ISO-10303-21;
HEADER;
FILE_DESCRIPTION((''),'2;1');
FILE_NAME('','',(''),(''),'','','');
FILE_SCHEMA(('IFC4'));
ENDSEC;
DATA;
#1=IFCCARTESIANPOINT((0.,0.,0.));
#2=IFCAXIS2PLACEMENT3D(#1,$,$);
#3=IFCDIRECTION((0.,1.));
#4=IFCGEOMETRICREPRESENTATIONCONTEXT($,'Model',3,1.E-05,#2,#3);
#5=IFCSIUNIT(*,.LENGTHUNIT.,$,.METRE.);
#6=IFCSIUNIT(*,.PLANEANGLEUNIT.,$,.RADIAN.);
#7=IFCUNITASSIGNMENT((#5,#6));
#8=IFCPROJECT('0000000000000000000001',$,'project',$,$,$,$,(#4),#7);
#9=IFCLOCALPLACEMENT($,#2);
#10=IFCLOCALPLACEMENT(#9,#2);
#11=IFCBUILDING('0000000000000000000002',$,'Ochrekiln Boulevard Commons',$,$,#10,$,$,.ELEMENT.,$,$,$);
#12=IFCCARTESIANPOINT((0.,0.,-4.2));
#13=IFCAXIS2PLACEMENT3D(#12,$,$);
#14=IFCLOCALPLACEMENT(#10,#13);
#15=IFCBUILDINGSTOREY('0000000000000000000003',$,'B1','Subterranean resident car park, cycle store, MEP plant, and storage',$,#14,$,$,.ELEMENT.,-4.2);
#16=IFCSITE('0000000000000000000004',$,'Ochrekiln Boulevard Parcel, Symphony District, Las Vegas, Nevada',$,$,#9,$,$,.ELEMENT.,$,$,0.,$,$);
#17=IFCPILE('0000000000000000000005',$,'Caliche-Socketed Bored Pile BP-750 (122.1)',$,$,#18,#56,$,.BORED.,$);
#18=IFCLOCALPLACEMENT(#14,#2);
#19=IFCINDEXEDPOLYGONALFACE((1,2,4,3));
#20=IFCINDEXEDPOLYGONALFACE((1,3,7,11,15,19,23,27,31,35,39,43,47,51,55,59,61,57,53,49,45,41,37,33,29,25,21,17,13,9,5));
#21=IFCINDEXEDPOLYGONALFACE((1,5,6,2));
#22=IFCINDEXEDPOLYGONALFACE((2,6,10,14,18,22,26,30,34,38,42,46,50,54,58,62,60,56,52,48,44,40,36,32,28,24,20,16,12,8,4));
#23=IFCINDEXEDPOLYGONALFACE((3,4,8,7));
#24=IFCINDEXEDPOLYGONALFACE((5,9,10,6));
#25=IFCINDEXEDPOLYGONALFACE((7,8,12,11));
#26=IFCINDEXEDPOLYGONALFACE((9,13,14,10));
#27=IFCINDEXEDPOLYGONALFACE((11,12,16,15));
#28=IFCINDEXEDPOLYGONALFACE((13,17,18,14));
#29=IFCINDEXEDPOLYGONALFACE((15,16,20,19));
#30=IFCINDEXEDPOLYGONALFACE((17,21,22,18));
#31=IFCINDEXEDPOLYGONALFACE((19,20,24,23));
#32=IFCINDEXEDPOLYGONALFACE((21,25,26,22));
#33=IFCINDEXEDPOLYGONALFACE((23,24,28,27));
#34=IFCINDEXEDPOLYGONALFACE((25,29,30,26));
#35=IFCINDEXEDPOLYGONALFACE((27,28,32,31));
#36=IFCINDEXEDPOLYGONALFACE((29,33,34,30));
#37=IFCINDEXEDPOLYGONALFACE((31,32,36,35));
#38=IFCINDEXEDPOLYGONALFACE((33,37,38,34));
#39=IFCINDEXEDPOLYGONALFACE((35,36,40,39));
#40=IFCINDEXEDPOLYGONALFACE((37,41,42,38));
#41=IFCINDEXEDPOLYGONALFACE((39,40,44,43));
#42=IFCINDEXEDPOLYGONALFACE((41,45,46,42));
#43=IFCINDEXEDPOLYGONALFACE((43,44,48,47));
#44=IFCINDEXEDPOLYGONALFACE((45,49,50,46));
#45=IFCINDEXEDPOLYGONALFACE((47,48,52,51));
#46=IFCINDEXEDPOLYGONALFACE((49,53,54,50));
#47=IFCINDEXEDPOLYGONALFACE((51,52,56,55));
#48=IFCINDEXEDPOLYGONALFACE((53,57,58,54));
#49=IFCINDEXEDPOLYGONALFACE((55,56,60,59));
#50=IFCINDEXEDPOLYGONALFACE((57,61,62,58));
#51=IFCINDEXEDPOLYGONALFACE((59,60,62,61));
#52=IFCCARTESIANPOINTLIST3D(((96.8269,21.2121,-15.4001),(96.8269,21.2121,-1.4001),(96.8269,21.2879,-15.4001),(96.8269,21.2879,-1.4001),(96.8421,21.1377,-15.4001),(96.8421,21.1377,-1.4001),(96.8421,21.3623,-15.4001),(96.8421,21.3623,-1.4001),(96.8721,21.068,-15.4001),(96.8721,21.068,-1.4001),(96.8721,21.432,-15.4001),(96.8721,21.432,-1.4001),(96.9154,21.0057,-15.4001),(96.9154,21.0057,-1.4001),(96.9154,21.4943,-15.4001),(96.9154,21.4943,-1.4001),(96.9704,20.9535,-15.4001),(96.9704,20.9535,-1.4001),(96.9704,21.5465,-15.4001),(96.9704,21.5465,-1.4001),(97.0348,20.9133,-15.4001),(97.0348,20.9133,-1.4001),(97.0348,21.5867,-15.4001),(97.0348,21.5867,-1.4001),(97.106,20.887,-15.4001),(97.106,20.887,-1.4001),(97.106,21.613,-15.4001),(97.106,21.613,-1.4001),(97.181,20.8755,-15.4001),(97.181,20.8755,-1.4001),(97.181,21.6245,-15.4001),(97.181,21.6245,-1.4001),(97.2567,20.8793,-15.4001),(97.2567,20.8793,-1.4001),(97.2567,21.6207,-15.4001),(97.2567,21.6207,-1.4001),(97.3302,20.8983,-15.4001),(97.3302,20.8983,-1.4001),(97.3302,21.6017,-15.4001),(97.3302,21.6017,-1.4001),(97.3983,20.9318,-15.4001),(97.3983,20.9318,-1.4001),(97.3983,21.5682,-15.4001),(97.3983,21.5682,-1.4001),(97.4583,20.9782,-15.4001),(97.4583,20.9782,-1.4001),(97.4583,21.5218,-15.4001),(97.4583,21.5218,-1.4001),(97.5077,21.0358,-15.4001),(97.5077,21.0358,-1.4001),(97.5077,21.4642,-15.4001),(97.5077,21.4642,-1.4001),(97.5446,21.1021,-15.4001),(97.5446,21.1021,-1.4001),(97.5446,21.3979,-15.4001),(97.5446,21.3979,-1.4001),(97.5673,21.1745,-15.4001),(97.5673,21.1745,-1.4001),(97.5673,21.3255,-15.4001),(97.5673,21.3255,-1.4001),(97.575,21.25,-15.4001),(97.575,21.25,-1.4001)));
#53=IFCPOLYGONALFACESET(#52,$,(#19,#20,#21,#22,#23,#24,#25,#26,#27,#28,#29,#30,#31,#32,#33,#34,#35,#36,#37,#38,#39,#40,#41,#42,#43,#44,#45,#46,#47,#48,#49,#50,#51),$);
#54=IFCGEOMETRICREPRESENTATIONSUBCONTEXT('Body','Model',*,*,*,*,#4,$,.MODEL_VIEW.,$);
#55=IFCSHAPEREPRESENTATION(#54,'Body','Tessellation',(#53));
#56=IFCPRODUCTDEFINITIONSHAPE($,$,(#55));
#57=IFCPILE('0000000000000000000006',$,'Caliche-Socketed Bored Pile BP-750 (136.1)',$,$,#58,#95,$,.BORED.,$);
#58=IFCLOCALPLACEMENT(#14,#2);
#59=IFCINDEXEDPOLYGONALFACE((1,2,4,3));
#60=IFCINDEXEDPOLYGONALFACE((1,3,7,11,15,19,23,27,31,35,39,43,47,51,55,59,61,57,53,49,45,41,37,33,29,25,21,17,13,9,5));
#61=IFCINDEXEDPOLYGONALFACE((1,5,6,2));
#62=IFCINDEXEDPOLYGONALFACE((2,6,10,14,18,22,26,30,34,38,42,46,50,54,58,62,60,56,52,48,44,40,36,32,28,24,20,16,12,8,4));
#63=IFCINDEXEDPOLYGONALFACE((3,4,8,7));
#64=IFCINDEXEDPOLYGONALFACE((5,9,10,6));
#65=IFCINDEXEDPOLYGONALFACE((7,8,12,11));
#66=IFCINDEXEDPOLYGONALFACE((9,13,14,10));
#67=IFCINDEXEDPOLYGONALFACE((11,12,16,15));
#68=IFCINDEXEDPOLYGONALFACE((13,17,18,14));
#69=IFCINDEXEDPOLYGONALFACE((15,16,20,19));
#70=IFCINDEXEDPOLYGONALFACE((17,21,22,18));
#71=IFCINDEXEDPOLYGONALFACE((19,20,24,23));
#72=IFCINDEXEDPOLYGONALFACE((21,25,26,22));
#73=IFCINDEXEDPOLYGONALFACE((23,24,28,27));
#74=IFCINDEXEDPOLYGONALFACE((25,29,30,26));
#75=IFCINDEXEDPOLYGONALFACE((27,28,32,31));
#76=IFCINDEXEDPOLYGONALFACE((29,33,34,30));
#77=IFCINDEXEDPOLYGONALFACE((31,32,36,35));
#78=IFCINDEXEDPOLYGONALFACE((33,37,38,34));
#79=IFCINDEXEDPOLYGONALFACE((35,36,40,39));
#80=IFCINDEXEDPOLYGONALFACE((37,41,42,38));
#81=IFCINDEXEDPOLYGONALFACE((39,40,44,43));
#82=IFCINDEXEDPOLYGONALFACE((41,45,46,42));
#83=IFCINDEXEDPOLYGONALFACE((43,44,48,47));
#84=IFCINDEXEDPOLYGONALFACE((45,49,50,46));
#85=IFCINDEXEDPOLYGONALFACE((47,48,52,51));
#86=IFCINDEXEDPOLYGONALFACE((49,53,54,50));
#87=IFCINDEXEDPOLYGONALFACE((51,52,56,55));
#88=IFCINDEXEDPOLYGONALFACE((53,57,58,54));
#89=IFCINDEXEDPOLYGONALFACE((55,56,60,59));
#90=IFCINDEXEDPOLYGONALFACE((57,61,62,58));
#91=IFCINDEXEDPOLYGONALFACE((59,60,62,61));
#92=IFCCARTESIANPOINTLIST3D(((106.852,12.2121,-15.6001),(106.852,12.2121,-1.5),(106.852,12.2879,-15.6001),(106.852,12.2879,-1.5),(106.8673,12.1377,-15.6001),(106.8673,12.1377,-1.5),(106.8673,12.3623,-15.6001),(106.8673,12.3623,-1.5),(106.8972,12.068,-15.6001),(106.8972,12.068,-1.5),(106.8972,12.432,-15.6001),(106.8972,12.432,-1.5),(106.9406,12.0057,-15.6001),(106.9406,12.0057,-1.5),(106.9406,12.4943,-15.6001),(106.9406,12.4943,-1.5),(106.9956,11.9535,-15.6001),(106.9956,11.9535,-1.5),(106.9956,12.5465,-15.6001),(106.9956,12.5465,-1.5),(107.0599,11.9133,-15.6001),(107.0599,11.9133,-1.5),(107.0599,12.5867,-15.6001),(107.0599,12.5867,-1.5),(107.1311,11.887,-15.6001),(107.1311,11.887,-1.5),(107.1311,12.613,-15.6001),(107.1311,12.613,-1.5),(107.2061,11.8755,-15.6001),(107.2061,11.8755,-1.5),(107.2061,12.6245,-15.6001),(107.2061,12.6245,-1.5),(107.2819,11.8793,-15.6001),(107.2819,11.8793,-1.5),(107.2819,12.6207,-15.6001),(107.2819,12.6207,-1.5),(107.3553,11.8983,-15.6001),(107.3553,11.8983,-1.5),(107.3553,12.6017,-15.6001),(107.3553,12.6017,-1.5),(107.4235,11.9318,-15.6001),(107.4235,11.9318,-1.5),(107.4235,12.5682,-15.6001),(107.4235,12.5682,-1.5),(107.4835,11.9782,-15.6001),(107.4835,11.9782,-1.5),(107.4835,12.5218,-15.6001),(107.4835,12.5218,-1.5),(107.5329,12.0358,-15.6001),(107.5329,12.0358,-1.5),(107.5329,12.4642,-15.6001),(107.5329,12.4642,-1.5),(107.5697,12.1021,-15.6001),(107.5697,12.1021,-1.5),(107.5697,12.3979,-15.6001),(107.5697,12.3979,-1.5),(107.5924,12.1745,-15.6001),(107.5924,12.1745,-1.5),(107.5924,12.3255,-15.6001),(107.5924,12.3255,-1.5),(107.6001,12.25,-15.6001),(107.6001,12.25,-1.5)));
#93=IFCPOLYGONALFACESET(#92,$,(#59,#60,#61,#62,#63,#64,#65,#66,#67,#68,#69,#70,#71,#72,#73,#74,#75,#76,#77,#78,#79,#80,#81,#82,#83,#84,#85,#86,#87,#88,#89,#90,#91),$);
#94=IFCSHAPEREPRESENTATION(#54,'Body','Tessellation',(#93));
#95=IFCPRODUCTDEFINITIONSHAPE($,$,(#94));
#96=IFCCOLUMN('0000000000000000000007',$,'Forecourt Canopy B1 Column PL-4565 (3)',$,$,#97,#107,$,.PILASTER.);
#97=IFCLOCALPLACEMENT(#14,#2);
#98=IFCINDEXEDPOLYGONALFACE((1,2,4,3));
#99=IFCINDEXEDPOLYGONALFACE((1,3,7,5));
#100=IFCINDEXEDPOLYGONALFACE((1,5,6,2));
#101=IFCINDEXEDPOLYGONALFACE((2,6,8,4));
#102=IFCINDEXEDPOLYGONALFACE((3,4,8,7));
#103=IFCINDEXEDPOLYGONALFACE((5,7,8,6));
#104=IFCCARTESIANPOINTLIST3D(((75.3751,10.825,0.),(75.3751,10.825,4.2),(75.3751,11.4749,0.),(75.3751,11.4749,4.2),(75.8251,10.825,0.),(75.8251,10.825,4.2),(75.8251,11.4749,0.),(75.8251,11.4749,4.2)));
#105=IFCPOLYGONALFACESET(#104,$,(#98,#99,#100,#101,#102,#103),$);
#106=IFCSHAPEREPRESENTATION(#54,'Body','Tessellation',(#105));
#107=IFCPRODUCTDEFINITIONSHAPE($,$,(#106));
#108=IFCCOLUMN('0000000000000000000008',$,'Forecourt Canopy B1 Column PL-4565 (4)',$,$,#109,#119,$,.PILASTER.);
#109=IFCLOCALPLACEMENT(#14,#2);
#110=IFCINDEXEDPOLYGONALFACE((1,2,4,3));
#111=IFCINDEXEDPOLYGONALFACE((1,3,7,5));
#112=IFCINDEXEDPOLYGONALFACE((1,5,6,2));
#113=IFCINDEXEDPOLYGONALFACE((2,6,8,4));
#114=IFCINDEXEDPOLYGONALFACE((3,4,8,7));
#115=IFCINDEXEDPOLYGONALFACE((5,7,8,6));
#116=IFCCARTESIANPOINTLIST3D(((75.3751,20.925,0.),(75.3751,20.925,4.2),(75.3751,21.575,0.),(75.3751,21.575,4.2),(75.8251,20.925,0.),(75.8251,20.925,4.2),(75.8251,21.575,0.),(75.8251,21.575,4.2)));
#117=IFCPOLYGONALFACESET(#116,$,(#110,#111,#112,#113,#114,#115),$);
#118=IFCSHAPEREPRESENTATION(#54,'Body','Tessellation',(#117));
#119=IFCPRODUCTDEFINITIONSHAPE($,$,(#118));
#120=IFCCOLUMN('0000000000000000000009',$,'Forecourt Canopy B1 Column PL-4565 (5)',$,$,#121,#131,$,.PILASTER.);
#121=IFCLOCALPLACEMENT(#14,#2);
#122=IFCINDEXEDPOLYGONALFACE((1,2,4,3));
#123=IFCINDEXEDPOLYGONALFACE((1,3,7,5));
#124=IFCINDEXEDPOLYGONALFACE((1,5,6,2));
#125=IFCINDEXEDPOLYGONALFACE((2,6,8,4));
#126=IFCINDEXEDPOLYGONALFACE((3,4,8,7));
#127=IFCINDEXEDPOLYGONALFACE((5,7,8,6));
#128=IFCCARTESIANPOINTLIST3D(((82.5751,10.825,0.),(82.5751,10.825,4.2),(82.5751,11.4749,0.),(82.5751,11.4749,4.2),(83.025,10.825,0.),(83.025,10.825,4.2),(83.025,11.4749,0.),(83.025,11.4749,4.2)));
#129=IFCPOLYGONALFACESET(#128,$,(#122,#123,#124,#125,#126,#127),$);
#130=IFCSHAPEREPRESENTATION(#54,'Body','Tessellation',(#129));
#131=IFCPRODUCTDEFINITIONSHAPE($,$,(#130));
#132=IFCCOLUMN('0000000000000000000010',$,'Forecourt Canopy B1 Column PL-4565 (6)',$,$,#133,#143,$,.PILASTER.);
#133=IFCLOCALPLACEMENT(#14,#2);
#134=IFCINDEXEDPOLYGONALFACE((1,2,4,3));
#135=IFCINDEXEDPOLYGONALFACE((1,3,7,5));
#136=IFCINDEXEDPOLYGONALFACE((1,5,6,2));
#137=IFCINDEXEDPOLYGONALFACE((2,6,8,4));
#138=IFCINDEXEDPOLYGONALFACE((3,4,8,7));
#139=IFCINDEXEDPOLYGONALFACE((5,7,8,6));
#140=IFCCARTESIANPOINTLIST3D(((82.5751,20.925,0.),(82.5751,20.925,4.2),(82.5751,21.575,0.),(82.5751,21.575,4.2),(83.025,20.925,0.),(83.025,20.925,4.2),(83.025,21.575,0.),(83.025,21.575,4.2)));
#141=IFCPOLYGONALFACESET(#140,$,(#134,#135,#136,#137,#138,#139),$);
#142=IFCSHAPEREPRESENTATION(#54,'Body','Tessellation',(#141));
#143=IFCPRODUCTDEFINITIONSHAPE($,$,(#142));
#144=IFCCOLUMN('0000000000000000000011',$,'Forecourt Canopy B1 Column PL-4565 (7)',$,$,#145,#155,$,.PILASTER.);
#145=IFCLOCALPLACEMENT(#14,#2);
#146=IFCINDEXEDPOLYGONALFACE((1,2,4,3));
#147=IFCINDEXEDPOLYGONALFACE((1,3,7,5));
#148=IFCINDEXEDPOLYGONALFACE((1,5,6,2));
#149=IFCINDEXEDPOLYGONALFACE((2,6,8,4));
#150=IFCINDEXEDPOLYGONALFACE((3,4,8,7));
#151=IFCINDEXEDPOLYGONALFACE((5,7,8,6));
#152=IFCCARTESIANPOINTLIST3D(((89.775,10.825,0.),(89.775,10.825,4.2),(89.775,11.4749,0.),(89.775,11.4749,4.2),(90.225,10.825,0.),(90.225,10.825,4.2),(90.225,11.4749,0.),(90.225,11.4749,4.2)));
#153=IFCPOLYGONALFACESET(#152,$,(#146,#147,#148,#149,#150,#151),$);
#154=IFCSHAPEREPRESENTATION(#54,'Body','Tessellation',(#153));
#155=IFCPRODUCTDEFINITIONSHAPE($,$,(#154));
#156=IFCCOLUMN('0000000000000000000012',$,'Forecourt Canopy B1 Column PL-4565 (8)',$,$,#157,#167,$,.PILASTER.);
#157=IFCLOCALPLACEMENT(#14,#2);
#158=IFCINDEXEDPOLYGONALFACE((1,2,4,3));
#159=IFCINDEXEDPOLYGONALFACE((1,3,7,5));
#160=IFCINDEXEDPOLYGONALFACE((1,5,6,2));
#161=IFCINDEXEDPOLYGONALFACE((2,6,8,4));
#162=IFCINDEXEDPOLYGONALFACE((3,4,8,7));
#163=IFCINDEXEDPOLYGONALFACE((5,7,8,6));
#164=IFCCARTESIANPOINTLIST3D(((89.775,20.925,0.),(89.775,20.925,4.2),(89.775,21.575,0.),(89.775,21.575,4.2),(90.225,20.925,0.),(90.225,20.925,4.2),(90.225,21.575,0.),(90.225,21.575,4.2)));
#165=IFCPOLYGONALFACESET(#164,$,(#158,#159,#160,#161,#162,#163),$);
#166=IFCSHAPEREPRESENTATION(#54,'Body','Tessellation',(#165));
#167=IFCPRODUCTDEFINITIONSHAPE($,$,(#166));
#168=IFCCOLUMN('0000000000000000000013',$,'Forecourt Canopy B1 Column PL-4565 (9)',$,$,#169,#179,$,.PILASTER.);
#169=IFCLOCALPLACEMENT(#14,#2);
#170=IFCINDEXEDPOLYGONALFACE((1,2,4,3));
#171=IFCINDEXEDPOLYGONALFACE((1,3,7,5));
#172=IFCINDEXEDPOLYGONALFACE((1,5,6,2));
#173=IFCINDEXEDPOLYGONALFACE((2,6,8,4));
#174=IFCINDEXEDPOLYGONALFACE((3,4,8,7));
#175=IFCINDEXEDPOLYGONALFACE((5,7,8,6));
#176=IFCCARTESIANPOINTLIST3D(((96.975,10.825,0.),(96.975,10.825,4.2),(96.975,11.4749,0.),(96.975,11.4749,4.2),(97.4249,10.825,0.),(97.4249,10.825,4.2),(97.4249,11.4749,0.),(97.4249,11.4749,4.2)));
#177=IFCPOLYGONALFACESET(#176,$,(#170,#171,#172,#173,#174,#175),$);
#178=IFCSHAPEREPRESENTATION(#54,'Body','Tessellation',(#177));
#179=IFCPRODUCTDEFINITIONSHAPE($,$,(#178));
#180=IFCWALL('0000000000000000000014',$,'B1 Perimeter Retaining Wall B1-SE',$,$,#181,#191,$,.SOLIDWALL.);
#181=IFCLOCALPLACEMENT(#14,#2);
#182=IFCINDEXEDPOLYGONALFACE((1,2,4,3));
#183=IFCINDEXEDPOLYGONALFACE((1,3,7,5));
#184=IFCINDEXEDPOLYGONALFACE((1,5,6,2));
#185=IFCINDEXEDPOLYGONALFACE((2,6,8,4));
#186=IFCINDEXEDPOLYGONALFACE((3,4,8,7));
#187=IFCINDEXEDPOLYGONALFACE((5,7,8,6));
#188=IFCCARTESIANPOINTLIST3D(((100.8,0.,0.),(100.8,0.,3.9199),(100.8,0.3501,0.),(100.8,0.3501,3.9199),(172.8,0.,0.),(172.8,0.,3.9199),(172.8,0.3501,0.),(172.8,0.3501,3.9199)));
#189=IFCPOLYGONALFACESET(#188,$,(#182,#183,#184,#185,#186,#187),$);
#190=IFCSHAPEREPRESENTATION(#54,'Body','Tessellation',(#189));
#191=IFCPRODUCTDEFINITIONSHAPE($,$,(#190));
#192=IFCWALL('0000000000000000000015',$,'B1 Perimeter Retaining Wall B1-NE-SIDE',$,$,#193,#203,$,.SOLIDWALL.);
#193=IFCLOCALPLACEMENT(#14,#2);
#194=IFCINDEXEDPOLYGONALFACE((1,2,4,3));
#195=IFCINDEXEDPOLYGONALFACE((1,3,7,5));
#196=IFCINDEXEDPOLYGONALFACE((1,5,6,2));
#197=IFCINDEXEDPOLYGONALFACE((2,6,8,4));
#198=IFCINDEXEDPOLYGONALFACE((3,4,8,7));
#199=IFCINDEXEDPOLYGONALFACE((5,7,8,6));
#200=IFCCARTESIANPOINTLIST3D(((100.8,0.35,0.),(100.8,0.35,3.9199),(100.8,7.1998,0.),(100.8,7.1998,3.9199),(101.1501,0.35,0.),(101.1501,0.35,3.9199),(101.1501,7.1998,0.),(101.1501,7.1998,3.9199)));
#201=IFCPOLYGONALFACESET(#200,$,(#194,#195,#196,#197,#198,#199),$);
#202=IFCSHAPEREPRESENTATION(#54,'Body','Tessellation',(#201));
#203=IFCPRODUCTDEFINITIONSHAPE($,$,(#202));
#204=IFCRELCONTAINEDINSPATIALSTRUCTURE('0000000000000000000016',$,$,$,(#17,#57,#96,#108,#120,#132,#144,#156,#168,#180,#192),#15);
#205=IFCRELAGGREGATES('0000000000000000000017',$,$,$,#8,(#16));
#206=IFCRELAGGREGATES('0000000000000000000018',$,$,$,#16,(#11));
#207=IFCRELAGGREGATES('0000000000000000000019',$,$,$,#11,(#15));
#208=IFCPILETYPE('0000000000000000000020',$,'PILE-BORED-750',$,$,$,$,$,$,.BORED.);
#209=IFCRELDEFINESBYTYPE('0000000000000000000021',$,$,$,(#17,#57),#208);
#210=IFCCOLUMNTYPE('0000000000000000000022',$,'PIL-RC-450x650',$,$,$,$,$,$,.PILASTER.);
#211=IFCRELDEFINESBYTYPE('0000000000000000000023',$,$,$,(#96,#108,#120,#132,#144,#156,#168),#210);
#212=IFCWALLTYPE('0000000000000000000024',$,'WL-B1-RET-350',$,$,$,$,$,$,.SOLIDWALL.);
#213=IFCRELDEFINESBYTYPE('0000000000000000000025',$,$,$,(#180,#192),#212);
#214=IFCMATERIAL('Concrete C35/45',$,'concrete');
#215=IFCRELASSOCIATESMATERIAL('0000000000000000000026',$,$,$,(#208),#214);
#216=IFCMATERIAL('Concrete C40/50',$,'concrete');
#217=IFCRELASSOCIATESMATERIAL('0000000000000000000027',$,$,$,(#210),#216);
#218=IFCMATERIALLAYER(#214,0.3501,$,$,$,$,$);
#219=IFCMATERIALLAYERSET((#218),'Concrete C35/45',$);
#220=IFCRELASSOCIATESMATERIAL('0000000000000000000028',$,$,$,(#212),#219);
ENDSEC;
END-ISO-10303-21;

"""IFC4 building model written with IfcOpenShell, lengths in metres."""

from ifc_helpers import new_model, si_unit, direction, frame, frame_2d, origin, origin_2d, place, context, subcontext, project, spatial, rectangle, circle, extrude, material, layer, layer_set, material_profile, profile_set, type_object, element, save


model = new_model("IFC4")

# Units and contexts
model_context = context("Model", 3, precision=1e-05, world=origin(), true_north=direction((0.0, 1.0)))
body_context = subcontext(model_context, "Body", "Model", "MODEL_VIEW")
ifc_project = project(units=[si_unit("LENGTHUNIT", "METRE"), si_unit("PLANEANGLEUNIT", "RADIAN")], contexts=[model_context])

# Site, building, storey
site_placement = place(None, origin())
site = spatial("IfcSite", under=ifc_project, at=site_placement, Name="Ochrekiln Boulevard Parcel, Symphony District, Las Vegas, Nevada", CompositionType="ELEMENT", RefElevation=0.0)
building_placement = place(site_placement, origin())
building = spatial("IfcBuilding", under=site, at=building_placement, Name="Ochrekiln Boulevard Commons", CompositionType="ELEMENT")
storey_placement = place(building_placement, frame((0.0, 0.0, -4.2)))
storey = spatial("IfcBuildingStorey", under=building, at=storey_placement, Name="B1", Description="Subterranean resident car park, cycle store, MEP plant, and storage", CompositionType="ELEMENT", Elevation=-4.2)

# Shared definitions
ifc_material_1 = material(Name="Concrete C35/45", Category="concrete")

# Piles
ifc_material_profile_1 = material_profile(ifc_material_1, circle(Radius=0.375, at=origin_2d()), Name="PILE-D750")
ifc_profile_set_1 = profile_set([ifc_material_profile_1], Name="Concrete C35/45")
pile_type = type_object("IfcPileType", Name="PILE-BORED-750", PredefinedType="BORED", material=ifc_profile_set_1)
for number, where, z_axis, x_axis, name in (
    (1, (97.2, 21.25, -1.4001), (0.0, 0.0, -1.0), (1.0, 0.0, 0.0), "Caliche-Socketed Bored Pile BP-750 (122.1)"),
):
    element("IfcPile", number, at=place(storey_placement, frame(where, z_axis=z_axis, x_axis=x_axis)), inside=storey, type_object=pile_type, Name=name, PredefinedType="BORED", context=body_context, shape_type="SweptSolid", body=[
        extrude(circle(Radius=0.375, at=origin_2d()), origin(), (0.0, 0.0, 1.0), 14.0),
    ])
pile_placement = place(storey_placement, frame((107.2251, 12.25, -1.5), z_axis=(0.0, 0.0, -1.0), x_axis=(1.0, 0.0, 0.0)))
element("IfcPile", 2, at=pile_placement, inside=storey, type_object=pile_type, Name="Caliche-Socketed Bored Pile BP-750 (136.1)", PredefinedType="BORED", context=body_context, shape_type="SweptSolid", body=[
    extrude(circle(Radius=0.375, at=origin_2d()), origin(), (0.0, 0.0, 1.0), 14.1001),
])

# Columns
ifc_material_2 = material(Name="Concrete C40/50", Category="concrete")
ifc_material_profile_2 = material_profile(ifc_material_2, rectangle(XDim=0.45, YDim=0.6499, at=origin_2d()), Name="RC-PIL-450x650")
ifc_profile_set_2 = profile_set([ifc_material_profile_2], Name="Concrete C40/50")
column_type = type_object("IfcColumnType", Name="PIL-RC-450x650", PredefinedType="PILASTER", material=ifc_profile_set_2)
for number, where, z_axis, x_axis, name in (
    (3, (75.6001, 11.1499, 0.0), (0.0, 0.0, 1.0), (1.0, 0.0, 0.0), "Forecourt Canopy B1 Column PL-4565 (3)"),
    (4, (75.6001, 21.25, 0.0), (0.0, 0.0, 1.0), (1.0, 0.0, 0.0), "Forecourt Canopy B1 Column PL-4565 (4)"),
    (5, (82.8, 11.1499, 0.0), (0.0, 0.0, 1.0), (1.0, 0.0, 0.0), "Forecourt Canopy B1 Column PL-4565 (5)"),
    (6, (82.8, 21.25, 0.0), (0.0, 0.0, 1.0), (1.0, 0.0, 0.0), "Forecourt Canopy B1 Column PL-4565 (6)"),
    (7, (90.0, 11.1499, 0.0), (0.0, 0.0, 1.0), (1.0, 0.0, 0.0), "Forecourt Canopy B1 Column PL-4565 (7)"),
    (8, (90.0, 21.25, 0.0), (0.0, 0.0, 1.0), (1.0, 0.0, 0.0), "Forecourt Canopy B1 Column PL-4565 (8)"),
    (9, (97.2, 11.1499, 0.0), (0.0, 0.0, 1.0), (1.0, 0.0, 0.0), "Forecourt Canopy B1 Column PL-4565 (9)"),
):
    element("IfcColumn", number, at=place(storey_placement, frame(where, z_axis=z_axis, x_axis=x_axis)), inside=storey, type_object=column_type, Name=name, PredefinedType="PILASTER", context=body_context, shape_type="SweptSolid", body=[
        extrude(rectangle(XDim=0.45, YDim=0.6499, at=origin_2d()), origin(), (0.0, 0.0, 1.0), 4.2),
    ])

# Walls
ifc_layer = layer(ifc_material_1, 0.3501)
ifc_layer_set = layer_set([ifc_layer], Name="Concrete C35/45")
wall_type = type_object("IfcWallType", Name="WL-B1-RET-350", PredefinedType="SOLIDWALL", material=ifc_layer_set)
wall_1_placement = place(storey_placement, frame((100.8, 0.175, 0.0), z_axis=(0.0, 0.0, 1.0), x_axis=(1.0, 0.0, 0.0)))
element("IfcWall", 10, at=wall_1_placement, inside=storey, type_object=wall_type, Name="B1 Perimeter Retaining Wall B1-SE", PredefinedType="SOLIDWALL", context=body_context, shape_type="SweptSolid", body=[
    extrude(rectangle(XDim=72.0, YDim=0.3501, at=frame_2d((36.0, 0.0))), origin(), (0.0, 0.0, 1.0), 3.9199),
])
wall_2_placement = place(storey_placement, frame((100.9751, 0.3501, 0.0), z_axis=(0.0, 0.0, 1.0), x_axis=(0.0, 1.0, 0.0)))
element("IfcWall", 11, at=wall_2_placement, inside=storey, type_object=wall_type, Name="B1 Perimeter Retaining Wall B1-NE-SIDE", PredefinedType="SOLIDWALL", context=body_context, shape_type="SweptSolid", body=[
    extrude(rectangle(XDim=6.8499, YDim=0.3501, at=frame_2d((3.4248, 0.0))), origin(), (0.0, 0.0, 1.0), 3.9199),
])

save(model, "model.ifc")
